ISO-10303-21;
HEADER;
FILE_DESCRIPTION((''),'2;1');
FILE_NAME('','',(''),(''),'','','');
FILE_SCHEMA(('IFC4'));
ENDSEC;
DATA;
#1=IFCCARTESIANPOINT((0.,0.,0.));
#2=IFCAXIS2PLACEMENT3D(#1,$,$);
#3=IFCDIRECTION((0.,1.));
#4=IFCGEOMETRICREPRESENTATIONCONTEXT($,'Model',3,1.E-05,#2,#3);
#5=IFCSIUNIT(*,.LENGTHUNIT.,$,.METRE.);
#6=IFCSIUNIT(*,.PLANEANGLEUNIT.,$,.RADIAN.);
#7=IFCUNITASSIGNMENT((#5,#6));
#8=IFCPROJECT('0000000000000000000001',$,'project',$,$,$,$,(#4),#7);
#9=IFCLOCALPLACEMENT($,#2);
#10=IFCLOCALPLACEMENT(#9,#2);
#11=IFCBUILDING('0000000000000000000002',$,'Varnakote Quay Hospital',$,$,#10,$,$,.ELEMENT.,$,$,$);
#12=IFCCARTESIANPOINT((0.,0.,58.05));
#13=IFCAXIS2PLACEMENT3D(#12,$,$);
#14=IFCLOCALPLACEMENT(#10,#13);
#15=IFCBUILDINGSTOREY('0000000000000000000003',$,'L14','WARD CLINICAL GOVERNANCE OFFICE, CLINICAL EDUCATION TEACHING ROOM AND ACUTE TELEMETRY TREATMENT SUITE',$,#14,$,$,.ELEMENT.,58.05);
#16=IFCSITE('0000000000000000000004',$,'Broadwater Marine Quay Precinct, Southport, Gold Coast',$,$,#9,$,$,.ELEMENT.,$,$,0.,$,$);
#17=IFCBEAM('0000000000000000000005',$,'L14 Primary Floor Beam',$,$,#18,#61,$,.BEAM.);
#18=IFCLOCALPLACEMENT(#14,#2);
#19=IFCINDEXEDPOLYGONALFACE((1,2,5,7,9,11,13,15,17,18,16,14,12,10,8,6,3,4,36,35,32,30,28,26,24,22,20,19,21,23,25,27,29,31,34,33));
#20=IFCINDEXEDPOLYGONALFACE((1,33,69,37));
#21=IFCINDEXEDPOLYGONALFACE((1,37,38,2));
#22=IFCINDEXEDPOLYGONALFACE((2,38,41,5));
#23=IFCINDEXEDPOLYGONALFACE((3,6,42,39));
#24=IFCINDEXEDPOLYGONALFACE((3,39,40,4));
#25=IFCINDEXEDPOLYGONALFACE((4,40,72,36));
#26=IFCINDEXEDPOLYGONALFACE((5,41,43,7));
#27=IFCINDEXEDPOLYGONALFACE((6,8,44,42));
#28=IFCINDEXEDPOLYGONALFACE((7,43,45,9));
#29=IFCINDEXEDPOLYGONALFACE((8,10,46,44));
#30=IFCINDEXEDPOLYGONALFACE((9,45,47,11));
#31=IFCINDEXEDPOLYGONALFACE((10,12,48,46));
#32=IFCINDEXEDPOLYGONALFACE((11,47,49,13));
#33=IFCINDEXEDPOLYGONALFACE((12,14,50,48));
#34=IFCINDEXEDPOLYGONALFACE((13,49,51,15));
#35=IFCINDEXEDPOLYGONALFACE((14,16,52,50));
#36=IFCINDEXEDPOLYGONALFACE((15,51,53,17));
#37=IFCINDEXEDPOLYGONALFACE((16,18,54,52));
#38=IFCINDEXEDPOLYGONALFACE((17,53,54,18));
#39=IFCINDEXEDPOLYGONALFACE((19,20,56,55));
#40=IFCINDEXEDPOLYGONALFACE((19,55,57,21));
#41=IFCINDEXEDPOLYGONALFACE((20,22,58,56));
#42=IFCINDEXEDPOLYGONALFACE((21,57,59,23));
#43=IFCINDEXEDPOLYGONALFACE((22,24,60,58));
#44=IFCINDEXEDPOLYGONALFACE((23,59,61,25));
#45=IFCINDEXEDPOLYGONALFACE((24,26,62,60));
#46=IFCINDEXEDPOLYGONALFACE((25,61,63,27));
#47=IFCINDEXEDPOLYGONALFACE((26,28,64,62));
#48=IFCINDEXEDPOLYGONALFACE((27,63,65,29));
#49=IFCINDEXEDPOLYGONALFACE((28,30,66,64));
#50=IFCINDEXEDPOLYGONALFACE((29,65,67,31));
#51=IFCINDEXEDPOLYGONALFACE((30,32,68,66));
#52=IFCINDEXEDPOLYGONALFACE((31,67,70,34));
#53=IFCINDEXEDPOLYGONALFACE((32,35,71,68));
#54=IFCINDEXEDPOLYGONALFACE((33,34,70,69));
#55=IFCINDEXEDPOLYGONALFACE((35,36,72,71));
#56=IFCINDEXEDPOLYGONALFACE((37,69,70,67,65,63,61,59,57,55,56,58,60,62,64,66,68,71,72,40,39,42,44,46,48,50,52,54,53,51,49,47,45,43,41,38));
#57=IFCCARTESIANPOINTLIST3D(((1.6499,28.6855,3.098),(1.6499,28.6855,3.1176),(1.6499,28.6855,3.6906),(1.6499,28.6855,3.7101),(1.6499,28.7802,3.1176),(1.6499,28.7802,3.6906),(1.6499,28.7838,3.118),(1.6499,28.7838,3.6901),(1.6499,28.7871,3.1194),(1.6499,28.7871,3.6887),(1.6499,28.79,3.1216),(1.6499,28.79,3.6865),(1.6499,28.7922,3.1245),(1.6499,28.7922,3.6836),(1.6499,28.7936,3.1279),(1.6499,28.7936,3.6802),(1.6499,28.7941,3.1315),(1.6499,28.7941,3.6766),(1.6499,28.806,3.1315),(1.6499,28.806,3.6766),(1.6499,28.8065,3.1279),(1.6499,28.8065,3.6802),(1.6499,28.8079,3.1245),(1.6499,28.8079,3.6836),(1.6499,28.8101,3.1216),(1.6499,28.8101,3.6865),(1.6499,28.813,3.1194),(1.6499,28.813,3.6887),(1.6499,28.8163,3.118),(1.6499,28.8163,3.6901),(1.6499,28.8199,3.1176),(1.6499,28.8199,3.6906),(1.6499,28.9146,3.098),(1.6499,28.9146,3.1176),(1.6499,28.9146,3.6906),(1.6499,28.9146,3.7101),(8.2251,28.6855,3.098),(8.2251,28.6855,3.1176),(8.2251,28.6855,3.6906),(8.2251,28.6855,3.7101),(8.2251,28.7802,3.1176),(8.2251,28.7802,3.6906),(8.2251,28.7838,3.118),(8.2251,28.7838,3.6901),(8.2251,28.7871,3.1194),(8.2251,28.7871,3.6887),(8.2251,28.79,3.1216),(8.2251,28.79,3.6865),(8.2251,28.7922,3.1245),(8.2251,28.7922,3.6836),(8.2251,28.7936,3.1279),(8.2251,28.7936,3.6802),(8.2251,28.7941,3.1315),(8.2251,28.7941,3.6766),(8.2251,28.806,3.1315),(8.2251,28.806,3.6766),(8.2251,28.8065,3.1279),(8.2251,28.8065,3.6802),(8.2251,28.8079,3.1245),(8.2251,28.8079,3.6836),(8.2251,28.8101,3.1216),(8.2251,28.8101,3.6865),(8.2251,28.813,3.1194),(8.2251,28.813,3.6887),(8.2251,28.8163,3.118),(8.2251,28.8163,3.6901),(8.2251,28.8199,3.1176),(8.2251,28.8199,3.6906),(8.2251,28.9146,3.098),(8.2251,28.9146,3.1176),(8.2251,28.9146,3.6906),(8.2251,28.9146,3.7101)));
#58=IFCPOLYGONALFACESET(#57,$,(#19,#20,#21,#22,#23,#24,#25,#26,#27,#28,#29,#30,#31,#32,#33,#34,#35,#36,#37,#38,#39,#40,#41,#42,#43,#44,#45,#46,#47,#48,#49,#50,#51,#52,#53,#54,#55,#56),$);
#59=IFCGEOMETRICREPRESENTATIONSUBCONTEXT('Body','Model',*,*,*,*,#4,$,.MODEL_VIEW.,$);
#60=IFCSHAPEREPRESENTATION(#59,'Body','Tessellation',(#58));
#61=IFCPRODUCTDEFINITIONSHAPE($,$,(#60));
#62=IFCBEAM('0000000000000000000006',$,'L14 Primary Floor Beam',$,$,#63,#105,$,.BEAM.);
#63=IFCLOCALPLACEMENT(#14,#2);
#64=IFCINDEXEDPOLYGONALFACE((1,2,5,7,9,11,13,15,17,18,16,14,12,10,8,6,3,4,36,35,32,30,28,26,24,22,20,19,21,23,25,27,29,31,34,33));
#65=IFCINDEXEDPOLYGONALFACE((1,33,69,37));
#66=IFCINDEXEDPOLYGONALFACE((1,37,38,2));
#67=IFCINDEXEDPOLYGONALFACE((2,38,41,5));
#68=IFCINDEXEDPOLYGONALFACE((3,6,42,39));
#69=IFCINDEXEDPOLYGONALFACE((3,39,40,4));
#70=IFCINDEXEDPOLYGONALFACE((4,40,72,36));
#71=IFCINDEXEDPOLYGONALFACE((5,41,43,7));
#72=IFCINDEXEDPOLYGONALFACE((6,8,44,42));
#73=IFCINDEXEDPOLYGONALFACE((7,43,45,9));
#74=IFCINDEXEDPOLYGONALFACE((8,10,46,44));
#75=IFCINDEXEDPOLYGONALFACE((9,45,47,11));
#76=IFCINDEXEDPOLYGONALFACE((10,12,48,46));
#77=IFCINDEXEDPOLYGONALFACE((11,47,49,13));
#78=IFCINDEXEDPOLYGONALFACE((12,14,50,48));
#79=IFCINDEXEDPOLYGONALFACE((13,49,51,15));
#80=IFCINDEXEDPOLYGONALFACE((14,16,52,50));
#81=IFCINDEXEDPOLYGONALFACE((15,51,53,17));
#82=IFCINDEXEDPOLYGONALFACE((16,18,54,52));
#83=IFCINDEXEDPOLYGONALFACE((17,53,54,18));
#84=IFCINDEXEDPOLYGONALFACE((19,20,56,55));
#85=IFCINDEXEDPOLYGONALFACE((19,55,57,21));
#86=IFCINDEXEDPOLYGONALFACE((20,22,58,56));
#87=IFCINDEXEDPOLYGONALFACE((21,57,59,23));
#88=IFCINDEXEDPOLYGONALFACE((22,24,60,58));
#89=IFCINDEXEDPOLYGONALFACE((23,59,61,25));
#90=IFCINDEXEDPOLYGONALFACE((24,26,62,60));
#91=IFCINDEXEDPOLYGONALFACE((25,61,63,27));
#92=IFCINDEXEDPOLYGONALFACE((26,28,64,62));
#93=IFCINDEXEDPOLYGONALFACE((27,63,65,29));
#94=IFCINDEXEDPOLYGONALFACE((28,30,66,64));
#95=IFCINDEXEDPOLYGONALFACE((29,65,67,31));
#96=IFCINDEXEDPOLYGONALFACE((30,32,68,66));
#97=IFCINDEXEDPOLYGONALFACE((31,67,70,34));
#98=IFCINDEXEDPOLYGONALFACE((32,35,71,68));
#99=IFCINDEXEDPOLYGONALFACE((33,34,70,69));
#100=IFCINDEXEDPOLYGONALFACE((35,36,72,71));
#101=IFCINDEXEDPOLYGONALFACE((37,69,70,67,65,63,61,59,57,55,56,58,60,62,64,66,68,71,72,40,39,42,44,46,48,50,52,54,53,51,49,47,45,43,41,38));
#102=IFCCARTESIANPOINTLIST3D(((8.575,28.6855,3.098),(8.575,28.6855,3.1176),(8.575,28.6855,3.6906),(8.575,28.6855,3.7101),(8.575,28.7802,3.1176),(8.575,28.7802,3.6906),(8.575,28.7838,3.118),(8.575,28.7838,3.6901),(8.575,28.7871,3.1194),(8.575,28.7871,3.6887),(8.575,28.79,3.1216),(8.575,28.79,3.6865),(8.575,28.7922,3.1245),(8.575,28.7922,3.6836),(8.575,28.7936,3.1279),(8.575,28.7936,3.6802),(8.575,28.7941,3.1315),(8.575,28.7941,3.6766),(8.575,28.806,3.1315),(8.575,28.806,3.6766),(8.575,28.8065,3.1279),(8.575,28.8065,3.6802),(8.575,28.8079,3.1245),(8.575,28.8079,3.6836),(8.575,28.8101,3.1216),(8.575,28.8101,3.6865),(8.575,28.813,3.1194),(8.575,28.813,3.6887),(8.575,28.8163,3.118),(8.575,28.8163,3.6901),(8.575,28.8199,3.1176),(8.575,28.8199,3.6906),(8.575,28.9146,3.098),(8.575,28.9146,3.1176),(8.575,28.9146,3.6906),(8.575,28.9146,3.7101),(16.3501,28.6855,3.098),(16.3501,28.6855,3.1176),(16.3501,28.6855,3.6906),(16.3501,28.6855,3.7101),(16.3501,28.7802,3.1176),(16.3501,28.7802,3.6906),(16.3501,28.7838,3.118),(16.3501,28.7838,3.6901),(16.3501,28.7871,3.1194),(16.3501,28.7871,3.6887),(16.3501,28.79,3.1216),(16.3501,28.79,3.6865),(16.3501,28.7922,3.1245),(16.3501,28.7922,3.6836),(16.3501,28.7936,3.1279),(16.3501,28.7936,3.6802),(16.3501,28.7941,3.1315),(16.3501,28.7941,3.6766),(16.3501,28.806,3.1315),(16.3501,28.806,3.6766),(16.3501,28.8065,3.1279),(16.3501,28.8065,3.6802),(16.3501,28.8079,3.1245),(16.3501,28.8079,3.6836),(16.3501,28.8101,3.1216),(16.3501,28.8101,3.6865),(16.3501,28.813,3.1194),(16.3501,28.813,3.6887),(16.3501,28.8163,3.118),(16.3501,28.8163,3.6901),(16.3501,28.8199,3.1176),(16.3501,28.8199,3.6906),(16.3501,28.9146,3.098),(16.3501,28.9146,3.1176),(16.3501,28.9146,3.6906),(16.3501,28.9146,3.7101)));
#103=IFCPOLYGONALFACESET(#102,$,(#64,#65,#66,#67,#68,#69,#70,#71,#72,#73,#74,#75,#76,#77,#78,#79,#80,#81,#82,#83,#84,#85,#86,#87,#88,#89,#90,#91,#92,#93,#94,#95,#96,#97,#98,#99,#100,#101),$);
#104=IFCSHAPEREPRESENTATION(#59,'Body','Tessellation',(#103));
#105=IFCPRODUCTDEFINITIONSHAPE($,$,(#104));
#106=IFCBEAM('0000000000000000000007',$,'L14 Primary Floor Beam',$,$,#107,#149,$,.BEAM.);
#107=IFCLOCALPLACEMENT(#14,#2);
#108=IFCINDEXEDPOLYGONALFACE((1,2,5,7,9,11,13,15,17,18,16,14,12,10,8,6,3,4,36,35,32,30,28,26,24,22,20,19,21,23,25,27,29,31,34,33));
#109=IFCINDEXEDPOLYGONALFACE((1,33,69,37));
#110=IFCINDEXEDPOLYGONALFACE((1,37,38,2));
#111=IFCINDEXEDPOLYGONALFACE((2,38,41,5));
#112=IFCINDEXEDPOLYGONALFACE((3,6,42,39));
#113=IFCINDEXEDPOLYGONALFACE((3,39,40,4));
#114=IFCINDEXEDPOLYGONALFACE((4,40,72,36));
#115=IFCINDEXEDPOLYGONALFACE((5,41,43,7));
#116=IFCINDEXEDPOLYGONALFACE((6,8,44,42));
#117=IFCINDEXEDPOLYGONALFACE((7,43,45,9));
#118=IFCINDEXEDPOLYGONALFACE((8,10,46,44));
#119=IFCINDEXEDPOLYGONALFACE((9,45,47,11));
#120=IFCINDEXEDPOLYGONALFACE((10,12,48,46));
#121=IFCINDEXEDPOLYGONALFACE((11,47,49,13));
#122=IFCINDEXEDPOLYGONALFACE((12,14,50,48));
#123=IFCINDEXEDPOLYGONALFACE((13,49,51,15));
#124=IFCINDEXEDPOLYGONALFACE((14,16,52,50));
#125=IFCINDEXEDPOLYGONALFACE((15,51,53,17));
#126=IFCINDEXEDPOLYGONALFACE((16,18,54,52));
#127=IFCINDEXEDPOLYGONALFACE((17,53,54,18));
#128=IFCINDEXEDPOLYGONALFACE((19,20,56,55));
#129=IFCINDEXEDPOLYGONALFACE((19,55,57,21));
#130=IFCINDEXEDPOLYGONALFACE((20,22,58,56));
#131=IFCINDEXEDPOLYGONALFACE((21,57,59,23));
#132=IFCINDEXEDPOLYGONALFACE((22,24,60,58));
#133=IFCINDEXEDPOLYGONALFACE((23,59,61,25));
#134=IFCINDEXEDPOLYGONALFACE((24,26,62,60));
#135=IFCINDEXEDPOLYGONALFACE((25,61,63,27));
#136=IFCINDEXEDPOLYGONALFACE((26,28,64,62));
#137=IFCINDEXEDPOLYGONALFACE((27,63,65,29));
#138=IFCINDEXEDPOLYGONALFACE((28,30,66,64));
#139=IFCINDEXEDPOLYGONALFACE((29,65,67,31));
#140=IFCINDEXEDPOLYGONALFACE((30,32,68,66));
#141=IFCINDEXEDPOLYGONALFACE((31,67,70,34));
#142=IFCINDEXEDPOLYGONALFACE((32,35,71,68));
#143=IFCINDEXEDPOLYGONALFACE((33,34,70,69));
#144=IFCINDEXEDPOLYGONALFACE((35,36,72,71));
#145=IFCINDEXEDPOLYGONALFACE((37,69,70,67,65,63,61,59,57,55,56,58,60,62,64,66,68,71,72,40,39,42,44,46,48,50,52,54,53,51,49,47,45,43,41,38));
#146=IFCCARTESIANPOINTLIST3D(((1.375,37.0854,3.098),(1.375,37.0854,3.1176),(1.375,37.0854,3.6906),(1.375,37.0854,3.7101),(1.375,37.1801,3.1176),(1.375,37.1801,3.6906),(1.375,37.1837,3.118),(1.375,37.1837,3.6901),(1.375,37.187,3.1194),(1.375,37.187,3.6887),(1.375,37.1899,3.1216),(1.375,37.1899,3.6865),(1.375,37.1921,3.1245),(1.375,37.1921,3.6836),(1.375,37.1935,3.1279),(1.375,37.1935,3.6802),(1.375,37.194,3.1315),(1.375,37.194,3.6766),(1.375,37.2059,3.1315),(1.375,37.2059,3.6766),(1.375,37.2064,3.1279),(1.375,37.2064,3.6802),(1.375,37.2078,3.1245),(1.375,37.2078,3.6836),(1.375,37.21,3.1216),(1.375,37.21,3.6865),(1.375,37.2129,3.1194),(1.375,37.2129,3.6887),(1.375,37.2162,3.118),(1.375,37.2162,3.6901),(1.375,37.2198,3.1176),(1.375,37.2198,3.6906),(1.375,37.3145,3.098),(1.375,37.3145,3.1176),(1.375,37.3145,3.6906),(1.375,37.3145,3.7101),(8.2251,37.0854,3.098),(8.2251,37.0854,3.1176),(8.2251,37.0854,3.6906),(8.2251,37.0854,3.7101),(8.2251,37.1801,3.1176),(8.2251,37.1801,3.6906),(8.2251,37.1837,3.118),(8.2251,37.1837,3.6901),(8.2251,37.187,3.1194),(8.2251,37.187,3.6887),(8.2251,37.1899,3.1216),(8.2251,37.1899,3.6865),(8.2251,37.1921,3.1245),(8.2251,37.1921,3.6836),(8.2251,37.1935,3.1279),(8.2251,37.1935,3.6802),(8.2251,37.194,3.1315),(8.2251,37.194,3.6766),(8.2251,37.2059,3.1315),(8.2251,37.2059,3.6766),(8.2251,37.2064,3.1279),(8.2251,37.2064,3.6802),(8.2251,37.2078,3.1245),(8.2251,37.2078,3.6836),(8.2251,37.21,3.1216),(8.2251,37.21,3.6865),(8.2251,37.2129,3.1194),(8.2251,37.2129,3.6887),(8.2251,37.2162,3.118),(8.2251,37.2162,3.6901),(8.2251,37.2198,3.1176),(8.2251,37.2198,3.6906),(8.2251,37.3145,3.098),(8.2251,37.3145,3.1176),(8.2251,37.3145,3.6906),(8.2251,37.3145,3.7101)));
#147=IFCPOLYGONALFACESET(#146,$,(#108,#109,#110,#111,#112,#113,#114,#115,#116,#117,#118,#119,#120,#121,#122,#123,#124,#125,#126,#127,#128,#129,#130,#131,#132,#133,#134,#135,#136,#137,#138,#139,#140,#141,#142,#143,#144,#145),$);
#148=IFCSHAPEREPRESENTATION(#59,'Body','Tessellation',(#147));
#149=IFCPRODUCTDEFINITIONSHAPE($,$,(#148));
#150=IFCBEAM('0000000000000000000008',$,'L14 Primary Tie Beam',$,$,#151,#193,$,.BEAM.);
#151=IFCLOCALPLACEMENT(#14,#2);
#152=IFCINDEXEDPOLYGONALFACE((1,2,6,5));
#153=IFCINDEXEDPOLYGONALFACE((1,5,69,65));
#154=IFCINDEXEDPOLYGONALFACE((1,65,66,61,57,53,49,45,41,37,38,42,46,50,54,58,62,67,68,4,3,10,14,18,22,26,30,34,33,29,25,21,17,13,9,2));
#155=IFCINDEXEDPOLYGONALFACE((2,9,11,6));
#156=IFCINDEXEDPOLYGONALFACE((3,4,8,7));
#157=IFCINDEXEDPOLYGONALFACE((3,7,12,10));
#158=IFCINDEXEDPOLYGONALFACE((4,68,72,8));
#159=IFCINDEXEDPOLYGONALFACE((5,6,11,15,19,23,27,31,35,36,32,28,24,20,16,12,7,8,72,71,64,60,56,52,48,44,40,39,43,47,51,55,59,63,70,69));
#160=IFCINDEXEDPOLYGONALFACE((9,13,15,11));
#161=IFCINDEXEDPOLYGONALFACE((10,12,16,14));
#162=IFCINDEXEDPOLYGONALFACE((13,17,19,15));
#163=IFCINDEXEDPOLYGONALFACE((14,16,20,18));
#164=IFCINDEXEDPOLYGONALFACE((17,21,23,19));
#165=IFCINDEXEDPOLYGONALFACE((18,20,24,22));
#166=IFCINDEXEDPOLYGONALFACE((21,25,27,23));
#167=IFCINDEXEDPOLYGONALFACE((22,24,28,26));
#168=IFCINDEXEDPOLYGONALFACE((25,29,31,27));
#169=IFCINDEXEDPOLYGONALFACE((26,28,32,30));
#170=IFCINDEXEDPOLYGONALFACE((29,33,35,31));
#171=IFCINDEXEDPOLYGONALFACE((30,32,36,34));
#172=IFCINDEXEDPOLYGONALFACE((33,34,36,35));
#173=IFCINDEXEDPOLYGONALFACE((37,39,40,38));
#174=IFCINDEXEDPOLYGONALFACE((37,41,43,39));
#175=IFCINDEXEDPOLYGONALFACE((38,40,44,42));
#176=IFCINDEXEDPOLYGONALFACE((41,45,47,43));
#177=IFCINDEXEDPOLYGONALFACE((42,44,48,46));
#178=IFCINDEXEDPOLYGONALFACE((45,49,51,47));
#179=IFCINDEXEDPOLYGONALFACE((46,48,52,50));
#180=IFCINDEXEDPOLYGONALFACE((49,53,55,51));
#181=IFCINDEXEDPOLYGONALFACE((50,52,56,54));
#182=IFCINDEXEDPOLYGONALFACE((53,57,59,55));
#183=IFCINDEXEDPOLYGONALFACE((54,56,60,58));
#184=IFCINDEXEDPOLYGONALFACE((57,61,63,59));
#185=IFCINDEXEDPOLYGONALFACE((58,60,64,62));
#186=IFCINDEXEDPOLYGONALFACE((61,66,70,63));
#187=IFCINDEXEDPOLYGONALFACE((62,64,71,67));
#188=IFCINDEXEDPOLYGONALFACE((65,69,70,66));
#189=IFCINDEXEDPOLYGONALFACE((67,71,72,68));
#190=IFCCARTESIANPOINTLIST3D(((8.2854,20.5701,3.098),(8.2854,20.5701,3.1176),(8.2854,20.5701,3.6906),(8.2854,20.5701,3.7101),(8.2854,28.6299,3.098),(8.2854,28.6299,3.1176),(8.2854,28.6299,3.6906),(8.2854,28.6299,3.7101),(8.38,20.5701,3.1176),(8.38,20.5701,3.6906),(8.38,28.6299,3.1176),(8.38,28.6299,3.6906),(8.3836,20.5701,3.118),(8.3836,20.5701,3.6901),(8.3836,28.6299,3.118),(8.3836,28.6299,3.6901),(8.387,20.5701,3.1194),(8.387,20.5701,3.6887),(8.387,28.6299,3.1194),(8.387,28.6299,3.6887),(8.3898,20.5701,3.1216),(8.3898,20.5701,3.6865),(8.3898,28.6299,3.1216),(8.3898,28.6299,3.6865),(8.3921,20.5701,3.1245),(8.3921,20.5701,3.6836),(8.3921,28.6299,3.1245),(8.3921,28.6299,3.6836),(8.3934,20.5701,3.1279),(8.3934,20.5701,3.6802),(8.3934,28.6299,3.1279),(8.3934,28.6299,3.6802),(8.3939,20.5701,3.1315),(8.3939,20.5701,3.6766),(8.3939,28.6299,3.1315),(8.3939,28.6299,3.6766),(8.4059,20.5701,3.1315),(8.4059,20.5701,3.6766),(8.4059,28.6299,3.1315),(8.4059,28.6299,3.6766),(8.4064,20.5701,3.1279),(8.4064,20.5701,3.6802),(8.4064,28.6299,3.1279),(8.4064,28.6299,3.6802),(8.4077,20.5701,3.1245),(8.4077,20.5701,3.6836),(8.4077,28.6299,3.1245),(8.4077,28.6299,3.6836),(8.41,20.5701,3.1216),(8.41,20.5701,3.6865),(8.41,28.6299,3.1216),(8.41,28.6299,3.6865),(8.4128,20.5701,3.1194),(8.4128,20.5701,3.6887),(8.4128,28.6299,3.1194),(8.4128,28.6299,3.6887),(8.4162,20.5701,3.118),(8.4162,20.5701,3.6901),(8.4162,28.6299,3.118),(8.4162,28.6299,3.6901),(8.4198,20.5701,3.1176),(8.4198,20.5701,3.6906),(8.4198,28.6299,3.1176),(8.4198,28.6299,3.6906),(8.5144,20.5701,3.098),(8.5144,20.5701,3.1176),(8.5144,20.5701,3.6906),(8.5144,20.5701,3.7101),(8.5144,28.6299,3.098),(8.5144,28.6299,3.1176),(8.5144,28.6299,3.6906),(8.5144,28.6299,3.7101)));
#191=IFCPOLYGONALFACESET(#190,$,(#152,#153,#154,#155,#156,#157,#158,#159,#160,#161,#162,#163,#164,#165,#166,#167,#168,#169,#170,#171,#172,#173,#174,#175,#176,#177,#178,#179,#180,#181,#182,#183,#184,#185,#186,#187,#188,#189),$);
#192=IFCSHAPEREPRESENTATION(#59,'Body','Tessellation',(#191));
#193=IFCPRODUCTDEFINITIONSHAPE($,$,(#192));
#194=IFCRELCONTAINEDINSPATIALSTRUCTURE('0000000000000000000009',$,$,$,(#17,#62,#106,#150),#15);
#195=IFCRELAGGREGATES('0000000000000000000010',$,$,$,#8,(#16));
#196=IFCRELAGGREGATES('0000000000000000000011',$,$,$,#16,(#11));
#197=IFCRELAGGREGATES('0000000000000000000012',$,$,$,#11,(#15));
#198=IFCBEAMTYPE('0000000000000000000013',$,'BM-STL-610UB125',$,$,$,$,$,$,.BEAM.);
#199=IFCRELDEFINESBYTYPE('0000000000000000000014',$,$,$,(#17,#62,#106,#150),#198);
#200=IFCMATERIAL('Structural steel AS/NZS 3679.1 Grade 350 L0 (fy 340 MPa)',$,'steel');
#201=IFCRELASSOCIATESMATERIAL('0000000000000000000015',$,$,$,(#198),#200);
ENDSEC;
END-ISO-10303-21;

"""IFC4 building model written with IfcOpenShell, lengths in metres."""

from ifc_helpers import new_model, si_unit, direction, frame, origin, origin_2d, place, context, subcontext, project, spatial, i_section, extrude, material, material_profile, profile_set, type_object, element, save


model = new_model("IFC4")

# Units and contexts
model_context = context("Model", 3, precision=1e-05, world=origin(), true_north=direction((0.0, 1.0)))
body_context = subcontext(model_context, "Body", "Model", "MODEL_VIEW")
ifc_project = project(units=[si_unit("LENGTHUNIT", "METRE"), si_unit("PLANEANGLEUNIT", "RADIAN")], contexts=[model_context])

# Site, building, storey
site_placement = place(None, origin())
site = spatial("IfcSite", under=ifc_project, at=site_placement, Name="Broadwater Marine Quay Precinct, Southport, Gold Coast", CompositionType="ELEMENT", RefElevation=0.0)
building_placement = place(site_placement, origin())
building = spatial("IfcBuilding", under=site, at=building_placement, Name="Varnakote Quay Hospital", CompositionType="ELEMENT")
storey_placement = place(building_placement, frame((0.0, 0.0, 58.05)))
storey = spatial("IfcBuildingStorey", under=building, at=storey_placement, Name="L14", Description="WARD CLINICAL GOVERNANCE OFFICE, CLINICAL EDUCATION TEACHING ROOM AND ACUTE TELEMETRY TREATMENT SUITE", CompositionType="ELEMENT", Elevation=58.05)

# Beams
ifc_material_1 = material(Name="Structural steel AS/NZS 3679.1 Grade 350 L0 (fy 340 MPa)", Category="steel")
ifc_material_profile_1 = material_profile(ifc_material_1, i_section(OverallWidth=0.229, OverallDepth=0.6121, WebThickness=0.012, FlangeThickness=0.0195, FilletRadius=0.0139, at=origin_2d()), Name="610UB125")
ifc_profile_set_1 = profile_set([ifc_material_profile_1], Name="Structural steel AS/NZS 3679.1 Grade 350 L0 (fy 340 MPa)")
beam_type_1 = type_object("IfcBeamType", Name="BM-STL-610UB125", PredefinedType="BEAM", material=ifc_profile_set_1)
beam_1_placement = place(storey_placement, frame((1.6499, 28.8, 3.4041), z_axis=(1.0, 0.0, 0.0), x_axis=(0.0, 1.0, 0.0)))
element("IfcBeam", 1, at=beam_1_placement, inside=storey, type_object=beam_type_1, Name="L14 Primary Floor Beam", PredefinedType="BEAM", context=body_context, shape_type="SweptSolid", body=[
    extrude(i_section(OverallWidth=0.229, OverallDepth=0.6121, WebThickness=0.012, FlangeThickness=0.0195, FilletRadius=0.0139, at=origin_2d()), origin(), (0.0, 0.0, 1.0), 6.5752),
])
beam_2_placement = place(storey_placement, frame((8.575, 28.8, 3.4041), z_axis=(1.0, 0.0, 0.0), x_axis=(0.0, 1.0, 0.0)))
element("IfcBeam", 2, at=beam_2_placement, inside=storey, type_object=beam_type_1, Name="L14 Primary Floor Beam", PredefinedType="BEAM", context=body_context, shape_type="SweptSolid", body=[
    extrude(i_section(OverallWidth=0.229, OverallDepth=0.6121, WebThickness=0.012, FlangeThickness=0.0195, FilletRadius=0.0139, at=origin_2d()), origin(), (0.0, 0.0, 1.0), 7.7751),
])
beam_3_placement = place(storey_placement, frame((1.375, 37.2, 3.4041), z_axis=(1.0, 0.0, 0.0), x_axis=(0.0, 1.0, 0.0)))
element("IfcBeam", 3, at=beam_3_placement, inside=storey, type_object=beam_type_1, Name="L14 Primary Floor Beam", PredefinedType="BEAM", context=body_context, shape_type="SweptSolid", body=[
    extrude(i_section(OverallWidth=0.229, OverallDepth=0.6121, WebThickness=0.012, FlangeThickness=0.0195, FilletRadius=0.0139, at=origin_2d()), origin(), (0.0, 0.0, 1.0), 6.8501),
])
beam_4_placement = place(storey_placement, frame((8.3999, 20.5701, 3.4041), z_axis=(0.0, 1.0, 0.0), x_axis=(-1.0, 0.0, 0.0)))
element("IfcBeam", 4, at=beam_4_placement, inside=storey, type_object=beam_type_1, Name="L14 Primary Tie Beam", PredefinedType="BEAM", context=body_context, shape_type="SweptSolid", body=[
    extrude(i_section(OverallWidth=0.229, OverallDepth=0.6121, WebThickness=0.012, FlangeThickness=0.0195, FilletRadius=0.0139, at=origin_2d()), origin(), (0.0, 0.0, 1.0), 8.0598),
])

save(model, "model.ifc")
